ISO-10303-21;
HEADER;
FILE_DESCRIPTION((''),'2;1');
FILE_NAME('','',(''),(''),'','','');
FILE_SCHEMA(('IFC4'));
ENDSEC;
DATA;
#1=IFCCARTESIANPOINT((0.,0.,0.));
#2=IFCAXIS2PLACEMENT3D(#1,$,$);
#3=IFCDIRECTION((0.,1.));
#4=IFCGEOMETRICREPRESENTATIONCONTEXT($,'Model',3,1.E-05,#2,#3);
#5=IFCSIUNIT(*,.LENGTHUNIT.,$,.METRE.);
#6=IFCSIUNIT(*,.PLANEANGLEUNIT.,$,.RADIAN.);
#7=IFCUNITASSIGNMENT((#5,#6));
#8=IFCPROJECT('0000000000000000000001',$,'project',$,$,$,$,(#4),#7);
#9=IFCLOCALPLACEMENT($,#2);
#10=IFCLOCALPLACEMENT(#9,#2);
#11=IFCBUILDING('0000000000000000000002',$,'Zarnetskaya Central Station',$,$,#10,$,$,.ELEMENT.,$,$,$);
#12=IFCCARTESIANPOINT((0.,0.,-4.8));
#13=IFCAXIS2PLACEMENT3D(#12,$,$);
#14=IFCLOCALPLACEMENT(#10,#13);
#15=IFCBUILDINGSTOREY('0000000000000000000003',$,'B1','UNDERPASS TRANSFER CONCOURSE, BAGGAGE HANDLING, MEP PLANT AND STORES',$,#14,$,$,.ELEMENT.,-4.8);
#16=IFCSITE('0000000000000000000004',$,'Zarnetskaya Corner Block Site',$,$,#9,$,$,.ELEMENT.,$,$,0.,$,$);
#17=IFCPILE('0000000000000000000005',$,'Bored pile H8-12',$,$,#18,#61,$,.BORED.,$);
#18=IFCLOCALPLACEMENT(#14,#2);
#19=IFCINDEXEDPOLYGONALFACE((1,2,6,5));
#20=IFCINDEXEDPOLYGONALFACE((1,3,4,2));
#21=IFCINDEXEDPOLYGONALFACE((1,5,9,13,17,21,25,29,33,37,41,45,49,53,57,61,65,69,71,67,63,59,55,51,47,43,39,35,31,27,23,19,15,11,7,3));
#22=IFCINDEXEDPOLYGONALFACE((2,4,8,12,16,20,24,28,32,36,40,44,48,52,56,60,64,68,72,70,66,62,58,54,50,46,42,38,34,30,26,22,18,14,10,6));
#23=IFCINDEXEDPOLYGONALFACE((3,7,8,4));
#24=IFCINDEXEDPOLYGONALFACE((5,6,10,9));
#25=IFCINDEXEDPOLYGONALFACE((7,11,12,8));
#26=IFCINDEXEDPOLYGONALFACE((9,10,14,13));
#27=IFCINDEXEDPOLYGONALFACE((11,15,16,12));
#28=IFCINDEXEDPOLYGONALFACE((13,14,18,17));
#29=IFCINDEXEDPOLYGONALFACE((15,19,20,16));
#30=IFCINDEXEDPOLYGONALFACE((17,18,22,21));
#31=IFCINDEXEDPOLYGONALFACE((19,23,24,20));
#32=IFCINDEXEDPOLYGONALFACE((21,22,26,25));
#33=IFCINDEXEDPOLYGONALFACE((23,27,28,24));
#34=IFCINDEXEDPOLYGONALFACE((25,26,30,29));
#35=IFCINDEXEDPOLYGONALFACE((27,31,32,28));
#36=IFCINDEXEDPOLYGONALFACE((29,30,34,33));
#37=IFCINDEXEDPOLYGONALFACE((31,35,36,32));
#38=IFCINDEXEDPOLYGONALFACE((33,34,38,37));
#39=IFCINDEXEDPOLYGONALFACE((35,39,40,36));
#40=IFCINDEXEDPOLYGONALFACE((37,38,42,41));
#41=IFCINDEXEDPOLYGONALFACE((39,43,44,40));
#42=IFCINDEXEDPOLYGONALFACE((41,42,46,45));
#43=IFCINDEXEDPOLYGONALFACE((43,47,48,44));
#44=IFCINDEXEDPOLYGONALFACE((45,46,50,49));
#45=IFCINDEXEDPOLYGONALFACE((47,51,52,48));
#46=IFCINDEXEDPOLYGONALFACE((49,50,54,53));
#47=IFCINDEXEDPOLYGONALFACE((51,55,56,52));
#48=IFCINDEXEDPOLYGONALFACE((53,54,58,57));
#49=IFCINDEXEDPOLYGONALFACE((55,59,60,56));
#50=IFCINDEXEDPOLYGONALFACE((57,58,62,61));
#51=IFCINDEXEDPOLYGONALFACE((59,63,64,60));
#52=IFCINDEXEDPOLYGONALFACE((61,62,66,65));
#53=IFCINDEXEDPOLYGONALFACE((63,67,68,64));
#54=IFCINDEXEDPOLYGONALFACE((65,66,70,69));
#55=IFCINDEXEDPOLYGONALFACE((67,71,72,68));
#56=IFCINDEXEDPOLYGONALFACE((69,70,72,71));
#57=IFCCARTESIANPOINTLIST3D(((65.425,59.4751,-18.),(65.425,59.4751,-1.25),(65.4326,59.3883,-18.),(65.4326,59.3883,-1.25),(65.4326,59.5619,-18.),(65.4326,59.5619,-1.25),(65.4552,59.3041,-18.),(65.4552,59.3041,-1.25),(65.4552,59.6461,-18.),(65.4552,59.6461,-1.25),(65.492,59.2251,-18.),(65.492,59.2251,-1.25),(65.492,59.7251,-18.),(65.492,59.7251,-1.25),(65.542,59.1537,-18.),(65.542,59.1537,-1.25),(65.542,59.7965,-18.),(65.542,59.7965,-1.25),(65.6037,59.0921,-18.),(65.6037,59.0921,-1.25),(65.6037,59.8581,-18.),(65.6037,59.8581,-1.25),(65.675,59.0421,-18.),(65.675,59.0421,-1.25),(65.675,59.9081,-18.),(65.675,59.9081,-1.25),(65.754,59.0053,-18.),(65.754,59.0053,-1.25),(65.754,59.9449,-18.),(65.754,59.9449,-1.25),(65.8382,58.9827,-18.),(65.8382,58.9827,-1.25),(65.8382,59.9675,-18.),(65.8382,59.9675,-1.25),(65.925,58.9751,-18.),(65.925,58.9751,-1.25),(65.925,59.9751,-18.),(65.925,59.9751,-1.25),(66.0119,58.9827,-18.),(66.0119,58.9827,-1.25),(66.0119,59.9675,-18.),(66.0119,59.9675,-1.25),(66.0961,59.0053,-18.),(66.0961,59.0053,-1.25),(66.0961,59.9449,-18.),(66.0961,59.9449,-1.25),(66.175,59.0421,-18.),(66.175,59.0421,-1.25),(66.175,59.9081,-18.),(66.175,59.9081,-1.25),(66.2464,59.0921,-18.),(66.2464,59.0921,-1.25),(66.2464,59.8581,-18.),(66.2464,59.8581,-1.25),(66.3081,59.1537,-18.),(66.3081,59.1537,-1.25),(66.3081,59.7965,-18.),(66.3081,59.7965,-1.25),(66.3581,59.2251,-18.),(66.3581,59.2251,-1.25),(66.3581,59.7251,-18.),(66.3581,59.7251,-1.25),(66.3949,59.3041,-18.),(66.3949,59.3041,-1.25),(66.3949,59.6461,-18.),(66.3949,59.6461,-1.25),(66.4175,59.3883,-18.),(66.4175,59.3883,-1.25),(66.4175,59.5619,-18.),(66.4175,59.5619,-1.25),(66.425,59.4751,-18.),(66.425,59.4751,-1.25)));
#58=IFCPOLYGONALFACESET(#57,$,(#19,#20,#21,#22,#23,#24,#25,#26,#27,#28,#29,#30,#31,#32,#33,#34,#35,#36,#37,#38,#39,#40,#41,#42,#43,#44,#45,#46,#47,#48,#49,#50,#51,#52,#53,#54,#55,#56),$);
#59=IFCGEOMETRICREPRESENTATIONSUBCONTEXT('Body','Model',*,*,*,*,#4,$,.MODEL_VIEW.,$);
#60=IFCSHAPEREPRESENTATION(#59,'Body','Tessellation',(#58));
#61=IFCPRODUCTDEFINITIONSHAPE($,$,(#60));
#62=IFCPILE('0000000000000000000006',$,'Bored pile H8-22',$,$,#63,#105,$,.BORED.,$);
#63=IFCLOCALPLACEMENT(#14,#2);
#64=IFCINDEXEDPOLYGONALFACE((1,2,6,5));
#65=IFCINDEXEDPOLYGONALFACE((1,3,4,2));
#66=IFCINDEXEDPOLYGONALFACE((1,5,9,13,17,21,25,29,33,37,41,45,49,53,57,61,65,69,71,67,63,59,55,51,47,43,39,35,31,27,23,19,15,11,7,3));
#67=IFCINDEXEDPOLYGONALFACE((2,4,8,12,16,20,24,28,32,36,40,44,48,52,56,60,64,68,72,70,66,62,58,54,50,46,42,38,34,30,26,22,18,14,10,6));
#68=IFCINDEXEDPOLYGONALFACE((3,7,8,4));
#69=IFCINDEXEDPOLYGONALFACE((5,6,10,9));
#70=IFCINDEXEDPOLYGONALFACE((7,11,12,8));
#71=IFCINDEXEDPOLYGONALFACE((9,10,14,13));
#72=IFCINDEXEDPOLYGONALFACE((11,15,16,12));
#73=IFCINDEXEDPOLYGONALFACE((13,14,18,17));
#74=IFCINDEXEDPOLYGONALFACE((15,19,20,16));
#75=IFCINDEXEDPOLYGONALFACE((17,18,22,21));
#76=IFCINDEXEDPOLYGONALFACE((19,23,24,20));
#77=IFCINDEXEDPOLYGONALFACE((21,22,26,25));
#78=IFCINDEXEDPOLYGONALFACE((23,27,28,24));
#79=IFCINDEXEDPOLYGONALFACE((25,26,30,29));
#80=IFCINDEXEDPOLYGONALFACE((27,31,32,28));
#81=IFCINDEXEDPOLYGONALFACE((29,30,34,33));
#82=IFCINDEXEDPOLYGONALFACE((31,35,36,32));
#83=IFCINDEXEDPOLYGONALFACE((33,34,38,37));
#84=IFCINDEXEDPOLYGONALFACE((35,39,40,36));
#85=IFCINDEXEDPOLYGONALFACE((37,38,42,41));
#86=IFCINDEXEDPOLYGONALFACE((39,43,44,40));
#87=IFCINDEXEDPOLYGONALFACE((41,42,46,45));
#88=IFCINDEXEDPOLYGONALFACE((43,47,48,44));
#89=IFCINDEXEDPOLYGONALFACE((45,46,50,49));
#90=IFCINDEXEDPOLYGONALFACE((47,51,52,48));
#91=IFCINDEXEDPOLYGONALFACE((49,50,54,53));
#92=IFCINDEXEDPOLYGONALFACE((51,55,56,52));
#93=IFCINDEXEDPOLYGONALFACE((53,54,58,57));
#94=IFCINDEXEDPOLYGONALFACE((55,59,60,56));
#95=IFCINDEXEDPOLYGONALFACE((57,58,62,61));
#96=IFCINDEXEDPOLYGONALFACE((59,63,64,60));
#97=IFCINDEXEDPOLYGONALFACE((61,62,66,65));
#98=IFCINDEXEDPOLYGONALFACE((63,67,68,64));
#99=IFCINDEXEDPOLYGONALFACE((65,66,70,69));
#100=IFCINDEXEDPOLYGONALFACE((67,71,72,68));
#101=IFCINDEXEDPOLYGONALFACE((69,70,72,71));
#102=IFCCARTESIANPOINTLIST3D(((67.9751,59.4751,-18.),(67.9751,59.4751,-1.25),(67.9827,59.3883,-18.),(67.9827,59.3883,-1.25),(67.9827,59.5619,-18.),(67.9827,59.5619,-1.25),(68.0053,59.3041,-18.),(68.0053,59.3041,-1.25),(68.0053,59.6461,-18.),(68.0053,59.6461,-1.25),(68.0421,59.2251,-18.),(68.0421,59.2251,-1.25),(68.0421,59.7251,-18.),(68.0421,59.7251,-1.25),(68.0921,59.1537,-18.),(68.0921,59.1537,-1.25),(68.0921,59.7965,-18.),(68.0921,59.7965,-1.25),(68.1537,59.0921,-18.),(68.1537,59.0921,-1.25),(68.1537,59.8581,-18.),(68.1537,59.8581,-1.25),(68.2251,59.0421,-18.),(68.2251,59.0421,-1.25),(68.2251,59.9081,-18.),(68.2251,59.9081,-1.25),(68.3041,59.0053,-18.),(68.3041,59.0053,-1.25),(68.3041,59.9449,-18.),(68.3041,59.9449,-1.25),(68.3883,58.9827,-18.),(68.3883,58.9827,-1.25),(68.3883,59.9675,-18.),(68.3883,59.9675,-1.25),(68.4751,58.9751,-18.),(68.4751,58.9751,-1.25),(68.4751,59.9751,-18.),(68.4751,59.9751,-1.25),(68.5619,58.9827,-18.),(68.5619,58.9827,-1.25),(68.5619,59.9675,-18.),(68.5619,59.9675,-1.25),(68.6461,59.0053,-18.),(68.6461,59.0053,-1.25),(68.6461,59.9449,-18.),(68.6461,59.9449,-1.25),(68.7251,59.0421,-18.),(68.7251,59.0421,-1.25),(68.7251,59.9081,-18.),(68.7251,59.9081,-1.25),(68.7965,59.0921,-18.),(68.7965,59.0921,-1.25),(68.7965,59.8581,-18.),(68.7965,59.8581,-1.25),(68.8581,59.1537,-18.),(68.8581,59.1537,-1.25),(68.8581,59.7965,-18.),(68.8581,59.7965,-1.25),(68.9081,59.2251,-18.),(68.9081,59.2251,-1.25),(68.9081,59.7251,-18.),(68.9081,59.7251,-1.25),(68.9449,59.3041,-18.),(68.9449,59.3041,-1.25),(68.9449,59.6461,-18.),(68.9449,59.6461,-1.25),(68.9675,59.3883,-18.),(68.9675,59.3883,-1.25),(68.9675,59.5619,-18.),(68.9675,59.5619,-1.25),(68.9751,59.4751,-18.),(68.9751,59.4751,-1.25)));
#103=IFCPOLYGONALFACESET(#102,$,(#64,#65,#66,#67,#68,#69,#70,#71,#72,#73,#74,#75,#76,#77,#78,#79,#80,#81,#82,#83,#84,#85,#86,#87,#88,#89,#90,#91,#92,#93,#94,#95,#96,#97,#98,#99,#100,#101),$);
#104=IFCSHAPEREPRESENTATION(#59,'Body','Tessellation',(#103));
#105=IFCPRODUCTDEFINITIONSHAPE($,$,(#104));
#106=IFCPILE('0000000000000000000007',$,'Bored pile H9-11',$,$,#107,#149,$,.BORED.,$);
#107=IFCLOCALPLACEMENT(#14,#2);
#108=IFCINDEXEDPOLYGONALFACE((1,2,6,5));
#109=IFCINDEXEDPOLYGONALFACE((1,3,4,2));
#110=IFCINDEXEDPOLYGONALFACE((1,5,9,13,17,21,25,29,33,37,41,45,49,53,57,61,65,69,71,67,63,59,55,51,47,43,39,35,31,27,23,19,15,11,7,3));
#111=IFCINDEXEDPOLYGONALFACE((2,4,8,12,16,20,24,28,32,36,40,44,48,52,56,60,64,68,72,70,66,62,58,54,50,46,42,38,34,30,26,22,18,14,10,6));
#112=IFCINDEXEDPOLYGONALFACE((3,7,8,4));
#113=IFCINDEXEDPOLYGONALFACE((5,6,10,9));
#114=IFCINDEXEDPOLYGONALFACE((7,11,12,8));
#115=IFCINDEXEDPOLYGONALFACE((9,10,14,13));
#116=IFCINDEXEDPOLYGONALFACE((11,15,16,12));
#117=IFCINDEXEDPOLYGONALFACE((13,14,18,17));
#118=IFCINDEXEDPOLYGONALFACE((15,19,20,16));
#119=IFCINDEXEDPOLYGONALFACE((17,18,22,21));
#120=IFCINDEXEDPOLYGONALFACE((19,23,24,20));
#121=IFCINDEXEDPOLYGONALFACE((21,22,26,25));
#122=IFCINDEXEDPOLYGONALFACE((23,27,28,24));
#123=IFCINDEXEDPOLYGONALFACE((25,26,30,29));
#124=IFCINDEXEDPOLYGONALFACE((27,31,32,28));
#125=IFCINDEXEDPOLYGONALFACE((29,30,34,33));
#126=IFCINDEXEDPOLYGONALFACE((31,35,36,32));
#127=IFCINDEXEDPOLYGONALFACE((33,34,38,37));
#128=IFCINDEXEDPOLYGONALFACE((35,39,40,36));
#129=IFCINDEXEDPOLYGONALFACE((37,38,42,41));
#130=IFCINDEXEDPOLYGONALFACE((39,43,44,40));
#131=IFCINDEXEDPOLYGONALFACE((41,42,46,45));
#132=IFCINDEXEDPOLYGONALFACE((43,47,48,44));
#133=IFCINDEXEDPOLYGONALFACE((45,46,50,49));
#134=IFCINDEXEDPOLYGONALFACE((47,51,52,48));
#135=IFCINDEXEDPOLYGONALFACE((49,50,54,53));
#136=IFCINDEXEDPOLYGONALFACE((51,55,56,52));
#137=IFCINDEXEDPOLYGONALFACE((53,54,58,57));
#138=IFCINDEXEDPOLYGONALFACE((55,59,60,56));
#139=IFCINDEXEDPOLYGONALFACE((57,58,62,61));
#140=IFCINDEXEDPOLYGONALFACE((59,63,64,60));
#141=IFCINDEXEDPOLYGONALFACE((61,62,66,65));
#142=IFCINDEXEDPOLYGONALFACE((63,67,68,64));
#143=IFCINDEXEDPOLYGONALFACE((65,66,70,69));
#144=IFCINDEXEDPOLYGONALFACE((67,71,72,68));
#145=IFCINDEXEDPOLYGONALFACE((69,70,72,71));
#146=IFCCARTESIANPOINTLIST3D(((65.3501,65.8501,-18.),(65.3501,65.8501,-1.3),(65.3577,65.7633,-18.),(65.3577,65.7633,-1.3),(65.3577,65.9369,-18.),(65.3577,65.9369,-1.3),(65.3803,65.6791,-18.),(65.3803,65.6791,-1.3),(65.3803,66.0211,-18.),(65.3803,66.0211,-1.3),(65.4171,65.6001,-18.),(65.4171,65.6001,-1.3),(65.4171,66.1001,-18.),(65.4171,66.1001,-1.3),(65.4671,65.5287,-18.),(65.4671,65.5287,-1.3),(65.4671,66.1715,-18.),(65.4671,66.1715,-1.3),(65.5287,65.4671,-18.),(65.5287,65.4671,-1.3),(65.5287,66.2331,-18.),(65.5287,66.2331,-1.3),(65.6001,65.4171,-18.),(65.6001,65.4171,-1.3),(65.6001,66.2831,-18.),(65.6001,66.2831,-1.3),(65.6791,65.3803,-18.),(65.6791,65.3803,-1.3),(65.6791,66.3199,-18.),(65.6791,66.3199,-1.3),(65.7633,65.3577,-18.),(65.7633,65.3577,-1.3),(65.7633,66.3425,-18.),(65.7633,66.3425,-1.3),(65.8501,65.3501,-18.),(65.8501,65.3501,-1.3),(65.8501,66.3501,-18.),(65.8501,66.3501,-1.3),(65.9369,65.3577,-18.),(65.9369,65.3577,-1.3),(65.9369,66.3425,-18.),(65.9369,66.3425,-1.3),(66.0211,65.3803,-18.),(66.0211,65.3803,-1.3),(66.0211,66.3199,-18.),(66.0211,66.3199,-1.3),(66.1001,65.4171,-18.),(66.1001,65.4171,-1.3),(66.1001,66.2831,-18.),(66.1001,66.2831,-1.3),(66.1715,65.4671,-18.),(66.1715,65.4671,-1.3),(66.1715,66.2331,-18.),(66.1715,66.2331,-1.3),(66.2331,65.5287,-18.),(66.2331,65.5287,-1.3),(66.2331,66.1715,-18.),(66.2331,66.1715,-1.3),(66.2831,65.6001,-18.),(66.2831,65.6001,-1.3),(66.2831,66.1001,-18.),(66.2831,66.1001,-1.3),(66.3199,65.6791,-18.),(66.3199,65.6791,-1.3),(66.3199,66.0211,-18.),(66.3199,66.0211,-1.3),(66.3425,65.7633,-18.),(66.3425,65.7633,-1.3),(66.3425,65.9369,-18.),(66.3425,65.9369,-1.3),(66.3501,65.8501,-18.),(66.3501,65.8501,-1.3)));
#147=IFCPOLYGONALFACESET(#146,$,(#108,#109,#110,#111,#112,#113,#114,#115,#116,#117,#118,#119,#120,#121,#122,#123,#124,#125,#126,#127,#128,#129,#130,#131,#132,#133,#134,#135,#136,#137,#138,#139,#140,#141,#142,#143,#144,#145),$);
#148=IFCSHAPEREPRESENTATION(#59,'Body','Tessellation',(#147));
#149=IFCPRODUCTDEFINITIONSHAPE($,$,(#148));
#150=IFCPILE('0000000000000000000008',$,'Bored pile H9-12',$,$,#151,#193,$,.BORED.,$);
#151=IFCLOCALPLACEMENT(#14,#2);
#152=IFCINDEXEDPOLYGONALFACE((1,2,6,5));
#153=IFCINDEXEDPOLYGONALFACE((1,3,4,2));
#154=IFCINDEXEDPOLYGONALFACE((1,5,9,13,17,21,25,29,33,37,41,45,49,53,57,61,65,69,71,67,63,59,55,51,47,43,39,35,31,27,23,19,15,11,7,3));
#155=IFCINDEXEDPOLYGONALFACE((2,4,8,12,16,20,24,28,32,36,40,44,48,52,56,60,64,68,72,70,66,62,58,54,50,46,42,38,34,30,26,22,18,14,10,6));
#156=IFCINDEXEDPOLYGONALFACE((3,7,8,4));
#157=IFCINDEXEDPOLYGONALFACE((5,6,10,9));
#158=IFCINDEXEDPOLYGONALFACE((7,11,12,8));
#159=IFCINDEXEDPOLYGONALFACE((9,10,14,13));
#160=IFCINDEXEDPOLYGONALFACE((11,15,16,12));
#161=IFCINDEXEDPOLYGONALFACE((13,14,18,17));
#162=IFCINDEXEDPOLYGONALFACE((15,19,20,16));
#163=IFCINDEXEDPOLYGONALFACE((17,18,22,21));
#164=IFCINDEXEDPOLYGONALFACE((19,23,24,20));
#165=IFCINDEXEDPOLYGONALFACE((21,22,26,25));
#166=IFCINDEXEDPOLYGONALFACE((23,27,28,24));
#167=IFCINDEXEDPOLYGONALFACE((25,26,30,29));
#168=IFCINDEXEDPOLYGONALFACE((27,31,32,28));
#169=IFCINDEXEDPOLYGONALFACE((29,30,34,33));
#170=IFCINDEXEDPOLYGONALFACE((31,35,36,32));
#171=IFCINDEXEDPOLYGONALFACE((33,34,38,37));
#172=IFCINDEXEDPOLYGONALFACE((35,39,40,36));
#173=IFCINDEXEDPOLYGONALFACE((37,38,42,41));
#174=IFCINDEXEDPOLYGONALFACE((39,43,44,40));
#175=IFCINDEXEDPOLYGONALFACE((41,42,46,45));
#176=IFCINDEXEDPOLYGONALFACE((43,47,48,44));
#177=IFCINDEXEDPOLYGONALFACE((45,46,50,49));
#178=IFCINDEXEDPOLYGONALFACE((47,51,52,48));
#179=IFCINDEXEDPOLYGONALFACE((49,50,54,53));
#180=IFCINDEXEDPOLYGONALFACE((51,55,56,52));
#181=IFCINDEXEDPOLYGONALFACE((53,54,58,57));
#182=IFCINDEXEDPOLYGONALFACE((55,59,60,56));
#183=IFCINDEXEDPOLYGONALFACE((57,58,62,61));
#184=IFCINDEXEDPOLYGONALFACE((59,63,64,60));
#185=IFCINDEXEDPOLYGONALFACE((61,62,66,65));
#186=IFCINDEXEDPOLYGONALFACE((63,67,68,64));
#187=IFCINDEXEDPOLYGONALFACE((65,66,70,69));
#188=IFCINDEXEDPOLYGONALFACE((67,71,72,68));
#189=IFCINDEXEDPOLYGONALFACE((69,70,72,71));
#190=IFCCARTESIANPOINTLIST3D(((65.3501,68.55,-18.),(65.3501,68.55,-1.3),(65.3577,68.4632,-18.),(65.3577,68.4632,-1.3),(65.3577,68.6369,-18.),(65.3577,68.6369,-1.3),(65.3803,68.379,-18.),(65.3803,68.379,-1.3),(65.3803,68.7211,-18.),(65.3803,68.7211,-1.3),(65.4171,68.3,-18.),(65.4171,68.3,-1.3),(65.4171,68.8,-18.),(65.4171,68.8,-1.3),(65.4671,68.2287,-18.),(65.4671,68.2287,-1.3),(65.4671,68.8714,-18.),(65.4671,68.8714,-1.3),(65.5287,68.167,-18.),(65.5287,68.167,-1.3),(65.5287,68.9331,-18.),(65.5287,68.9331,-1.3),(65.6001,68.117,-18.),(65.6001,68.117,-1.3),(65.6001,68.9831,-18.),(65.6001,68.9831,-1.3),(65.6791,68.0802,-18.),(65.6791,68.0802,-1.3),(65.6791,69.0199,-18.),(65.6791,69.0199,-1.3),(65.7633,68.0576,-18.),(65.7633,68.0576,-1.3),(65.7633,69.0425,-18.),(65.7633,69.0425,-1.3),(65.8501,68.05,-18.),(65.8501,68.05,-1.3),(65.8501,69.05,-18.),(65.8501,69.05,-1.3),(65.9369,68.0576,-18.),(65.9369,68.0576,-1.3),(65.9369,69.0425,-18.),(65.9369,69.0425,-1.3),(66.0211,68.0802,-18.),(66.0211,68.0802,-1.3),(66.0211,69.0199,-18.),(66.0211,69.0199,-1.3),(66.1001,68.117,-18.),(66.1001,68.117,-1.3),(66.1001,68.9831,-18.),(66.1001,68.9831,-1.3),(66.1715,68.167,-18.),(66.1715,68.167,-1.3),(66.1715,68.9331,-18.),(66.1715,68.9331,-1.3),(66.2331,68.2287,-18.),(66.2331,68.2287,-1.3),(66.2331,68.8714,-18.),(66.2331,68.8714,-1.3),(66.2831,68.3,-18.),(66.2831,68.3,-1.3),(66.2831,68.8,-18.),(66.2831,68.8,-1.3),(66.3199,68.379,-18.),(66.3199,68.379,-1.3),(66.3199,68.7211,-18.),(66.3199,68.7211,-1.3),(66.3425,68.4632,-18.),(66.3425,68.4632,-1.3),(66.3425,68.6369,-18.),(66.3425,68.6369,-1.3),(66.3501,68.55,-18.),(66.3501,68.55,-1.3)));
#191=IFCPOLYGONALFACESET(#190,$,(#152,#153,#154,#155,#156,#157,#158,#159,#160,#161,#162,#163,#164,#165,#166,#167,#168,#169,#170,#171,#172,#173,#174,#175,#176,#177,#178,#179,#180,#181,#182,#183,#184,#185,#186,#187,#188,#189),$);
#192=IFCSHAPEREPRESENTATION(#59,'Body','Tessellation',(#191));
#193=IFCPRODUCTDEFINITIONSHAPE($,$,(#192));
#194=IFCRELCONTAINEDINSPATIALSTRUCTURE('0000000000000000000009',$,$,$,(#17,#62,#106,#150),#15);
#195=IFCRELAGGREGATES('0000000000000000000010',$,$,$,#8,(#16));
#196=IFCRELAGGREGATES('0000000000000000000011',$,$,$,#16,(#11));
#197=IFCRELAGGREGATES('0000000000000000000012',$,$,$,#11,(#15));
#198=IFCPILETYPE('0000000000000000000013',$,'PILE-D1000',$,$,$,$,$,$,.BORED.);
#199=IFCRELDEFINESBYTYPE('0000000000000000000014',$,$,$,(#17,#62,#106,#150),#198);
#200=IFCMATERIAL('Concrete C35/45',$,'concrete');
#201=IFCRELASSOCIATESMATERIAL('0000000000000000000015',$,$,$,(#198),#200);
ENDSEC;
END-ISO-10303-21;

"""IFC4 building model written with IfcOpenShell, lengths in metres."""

from ifc_helpers import new_model, si_unit, direction, frame, origin, origin_2d, place, context, subcontext, project, spatial, circle, extrude, material, material_profile, profile_set, type_object, element, save


model = new_model("IFC4")

# Units and contexts
model_context = context("Model", 3, precision=1e-05, world=origin(), true_north=direction((0.0, 1.0)))
body_context = subcontext(model_context, "Body", "Model", "MODEL_VIEW")
ifc_project = project(units=[si_unit("LENGTHUNIT", "METRE"), si_unit("PLANEANGLEUNIT", "RADIAN")], contexts=[model_context])

# Site, building, storey
site_placement = place(None, origin())
site = spatial("IfcSite", under=ifc_project, at=site_placement, Name="Zarnetskaya Corner Block Site", CompositionType="ELEMENT", RefElevation=0.0)
building_placement = place(site_placement, origin())
building = spatial("IfcBuilding", under=site, at=building_placement, Name="Zarnetskaya Central Station", CompositionType="ELEMENT")
storey_placement = place(building_placement, frame((0.0, 0.0, -4.8)))
storey = spatial("IfcBuildingStorey", under=building, at=storey_placement, Name="B1", Description="UNDERPASS TRANSFER CONCOURSE, BAGGAGE HANDLING, MEP PLANT AND STORES", CompositionType="ELEMENT", Elevation=-4.8)

# Shared definitions
ifc_material_1 = material(Name="Concrete C35/45", Category="concrete")

# Piles
ifc_material_profile_1 = material_profile(ifc_material_1, circle(Radius=0.5, at=origin_2d()), Name="BORED PILE D1000")
ifc_profile_set_1 = profile_set([ifc_material_profile_1], Name="Concrete C35/45")
pile_type = type_object("IfcPileType", Name="PILE-D1000", PredefinedType="BORED", material=ifc_profile_set_1)
for number, where, z_axis, x_axis, name in (
    (1, (65.925, 59.4751, -1.25), (0.0, 0.0, -1.0), (1.0, 0.0, 0.0), "Bored pile H8-12"),
    (2, (68.4751, 59.4751, -1.25), (0.0, 0.0, -1.0), (1.0, 0.0, 0.0), "Bored pile H8-22"),
):
    element("IfcPile", number, at=place(storey_placement, frame(where, z_axis=z_axis, x_axis=x_axis)), inside=storey, type_object=pile_type, Name=name, PredefinedType="BORED", context=body_context, shape_type="SweptSolid", body=[
        extrude(circle(Radius=0.5, at=origin_2d()), origin(), (0.0, 0.0, 1.0), 16.75),
    ])
for number, where, z_axis, x_axis, name in (
    (3, (65.8501, 65.8501, -1.3), (0.0, 0.0, -1.0), (1.0, 0.0, 0.0), "Bored pile H9-11"),
    (4, (65.8501, 68.55, -1.3), (0.0, 0.0, -1.0), (1.0, 0.0, 0.0), "Bored pile H9-12"),
):
    element("IfcPile", number, at=place(storey_placement, frame(where, z_axis=z_axis, x_axis=x_axis)), inside=storey, type_object=pile_type, Name=name, PredefinedType="BORED", context=body_context, shape_type="SweptSolid", body=[
        extrude(circle(Radius=0.5, at=origin_2d()), origin(), (0.0, 0.0, 1.0), 16.7),
    ])

save(model, "model.ifc")
